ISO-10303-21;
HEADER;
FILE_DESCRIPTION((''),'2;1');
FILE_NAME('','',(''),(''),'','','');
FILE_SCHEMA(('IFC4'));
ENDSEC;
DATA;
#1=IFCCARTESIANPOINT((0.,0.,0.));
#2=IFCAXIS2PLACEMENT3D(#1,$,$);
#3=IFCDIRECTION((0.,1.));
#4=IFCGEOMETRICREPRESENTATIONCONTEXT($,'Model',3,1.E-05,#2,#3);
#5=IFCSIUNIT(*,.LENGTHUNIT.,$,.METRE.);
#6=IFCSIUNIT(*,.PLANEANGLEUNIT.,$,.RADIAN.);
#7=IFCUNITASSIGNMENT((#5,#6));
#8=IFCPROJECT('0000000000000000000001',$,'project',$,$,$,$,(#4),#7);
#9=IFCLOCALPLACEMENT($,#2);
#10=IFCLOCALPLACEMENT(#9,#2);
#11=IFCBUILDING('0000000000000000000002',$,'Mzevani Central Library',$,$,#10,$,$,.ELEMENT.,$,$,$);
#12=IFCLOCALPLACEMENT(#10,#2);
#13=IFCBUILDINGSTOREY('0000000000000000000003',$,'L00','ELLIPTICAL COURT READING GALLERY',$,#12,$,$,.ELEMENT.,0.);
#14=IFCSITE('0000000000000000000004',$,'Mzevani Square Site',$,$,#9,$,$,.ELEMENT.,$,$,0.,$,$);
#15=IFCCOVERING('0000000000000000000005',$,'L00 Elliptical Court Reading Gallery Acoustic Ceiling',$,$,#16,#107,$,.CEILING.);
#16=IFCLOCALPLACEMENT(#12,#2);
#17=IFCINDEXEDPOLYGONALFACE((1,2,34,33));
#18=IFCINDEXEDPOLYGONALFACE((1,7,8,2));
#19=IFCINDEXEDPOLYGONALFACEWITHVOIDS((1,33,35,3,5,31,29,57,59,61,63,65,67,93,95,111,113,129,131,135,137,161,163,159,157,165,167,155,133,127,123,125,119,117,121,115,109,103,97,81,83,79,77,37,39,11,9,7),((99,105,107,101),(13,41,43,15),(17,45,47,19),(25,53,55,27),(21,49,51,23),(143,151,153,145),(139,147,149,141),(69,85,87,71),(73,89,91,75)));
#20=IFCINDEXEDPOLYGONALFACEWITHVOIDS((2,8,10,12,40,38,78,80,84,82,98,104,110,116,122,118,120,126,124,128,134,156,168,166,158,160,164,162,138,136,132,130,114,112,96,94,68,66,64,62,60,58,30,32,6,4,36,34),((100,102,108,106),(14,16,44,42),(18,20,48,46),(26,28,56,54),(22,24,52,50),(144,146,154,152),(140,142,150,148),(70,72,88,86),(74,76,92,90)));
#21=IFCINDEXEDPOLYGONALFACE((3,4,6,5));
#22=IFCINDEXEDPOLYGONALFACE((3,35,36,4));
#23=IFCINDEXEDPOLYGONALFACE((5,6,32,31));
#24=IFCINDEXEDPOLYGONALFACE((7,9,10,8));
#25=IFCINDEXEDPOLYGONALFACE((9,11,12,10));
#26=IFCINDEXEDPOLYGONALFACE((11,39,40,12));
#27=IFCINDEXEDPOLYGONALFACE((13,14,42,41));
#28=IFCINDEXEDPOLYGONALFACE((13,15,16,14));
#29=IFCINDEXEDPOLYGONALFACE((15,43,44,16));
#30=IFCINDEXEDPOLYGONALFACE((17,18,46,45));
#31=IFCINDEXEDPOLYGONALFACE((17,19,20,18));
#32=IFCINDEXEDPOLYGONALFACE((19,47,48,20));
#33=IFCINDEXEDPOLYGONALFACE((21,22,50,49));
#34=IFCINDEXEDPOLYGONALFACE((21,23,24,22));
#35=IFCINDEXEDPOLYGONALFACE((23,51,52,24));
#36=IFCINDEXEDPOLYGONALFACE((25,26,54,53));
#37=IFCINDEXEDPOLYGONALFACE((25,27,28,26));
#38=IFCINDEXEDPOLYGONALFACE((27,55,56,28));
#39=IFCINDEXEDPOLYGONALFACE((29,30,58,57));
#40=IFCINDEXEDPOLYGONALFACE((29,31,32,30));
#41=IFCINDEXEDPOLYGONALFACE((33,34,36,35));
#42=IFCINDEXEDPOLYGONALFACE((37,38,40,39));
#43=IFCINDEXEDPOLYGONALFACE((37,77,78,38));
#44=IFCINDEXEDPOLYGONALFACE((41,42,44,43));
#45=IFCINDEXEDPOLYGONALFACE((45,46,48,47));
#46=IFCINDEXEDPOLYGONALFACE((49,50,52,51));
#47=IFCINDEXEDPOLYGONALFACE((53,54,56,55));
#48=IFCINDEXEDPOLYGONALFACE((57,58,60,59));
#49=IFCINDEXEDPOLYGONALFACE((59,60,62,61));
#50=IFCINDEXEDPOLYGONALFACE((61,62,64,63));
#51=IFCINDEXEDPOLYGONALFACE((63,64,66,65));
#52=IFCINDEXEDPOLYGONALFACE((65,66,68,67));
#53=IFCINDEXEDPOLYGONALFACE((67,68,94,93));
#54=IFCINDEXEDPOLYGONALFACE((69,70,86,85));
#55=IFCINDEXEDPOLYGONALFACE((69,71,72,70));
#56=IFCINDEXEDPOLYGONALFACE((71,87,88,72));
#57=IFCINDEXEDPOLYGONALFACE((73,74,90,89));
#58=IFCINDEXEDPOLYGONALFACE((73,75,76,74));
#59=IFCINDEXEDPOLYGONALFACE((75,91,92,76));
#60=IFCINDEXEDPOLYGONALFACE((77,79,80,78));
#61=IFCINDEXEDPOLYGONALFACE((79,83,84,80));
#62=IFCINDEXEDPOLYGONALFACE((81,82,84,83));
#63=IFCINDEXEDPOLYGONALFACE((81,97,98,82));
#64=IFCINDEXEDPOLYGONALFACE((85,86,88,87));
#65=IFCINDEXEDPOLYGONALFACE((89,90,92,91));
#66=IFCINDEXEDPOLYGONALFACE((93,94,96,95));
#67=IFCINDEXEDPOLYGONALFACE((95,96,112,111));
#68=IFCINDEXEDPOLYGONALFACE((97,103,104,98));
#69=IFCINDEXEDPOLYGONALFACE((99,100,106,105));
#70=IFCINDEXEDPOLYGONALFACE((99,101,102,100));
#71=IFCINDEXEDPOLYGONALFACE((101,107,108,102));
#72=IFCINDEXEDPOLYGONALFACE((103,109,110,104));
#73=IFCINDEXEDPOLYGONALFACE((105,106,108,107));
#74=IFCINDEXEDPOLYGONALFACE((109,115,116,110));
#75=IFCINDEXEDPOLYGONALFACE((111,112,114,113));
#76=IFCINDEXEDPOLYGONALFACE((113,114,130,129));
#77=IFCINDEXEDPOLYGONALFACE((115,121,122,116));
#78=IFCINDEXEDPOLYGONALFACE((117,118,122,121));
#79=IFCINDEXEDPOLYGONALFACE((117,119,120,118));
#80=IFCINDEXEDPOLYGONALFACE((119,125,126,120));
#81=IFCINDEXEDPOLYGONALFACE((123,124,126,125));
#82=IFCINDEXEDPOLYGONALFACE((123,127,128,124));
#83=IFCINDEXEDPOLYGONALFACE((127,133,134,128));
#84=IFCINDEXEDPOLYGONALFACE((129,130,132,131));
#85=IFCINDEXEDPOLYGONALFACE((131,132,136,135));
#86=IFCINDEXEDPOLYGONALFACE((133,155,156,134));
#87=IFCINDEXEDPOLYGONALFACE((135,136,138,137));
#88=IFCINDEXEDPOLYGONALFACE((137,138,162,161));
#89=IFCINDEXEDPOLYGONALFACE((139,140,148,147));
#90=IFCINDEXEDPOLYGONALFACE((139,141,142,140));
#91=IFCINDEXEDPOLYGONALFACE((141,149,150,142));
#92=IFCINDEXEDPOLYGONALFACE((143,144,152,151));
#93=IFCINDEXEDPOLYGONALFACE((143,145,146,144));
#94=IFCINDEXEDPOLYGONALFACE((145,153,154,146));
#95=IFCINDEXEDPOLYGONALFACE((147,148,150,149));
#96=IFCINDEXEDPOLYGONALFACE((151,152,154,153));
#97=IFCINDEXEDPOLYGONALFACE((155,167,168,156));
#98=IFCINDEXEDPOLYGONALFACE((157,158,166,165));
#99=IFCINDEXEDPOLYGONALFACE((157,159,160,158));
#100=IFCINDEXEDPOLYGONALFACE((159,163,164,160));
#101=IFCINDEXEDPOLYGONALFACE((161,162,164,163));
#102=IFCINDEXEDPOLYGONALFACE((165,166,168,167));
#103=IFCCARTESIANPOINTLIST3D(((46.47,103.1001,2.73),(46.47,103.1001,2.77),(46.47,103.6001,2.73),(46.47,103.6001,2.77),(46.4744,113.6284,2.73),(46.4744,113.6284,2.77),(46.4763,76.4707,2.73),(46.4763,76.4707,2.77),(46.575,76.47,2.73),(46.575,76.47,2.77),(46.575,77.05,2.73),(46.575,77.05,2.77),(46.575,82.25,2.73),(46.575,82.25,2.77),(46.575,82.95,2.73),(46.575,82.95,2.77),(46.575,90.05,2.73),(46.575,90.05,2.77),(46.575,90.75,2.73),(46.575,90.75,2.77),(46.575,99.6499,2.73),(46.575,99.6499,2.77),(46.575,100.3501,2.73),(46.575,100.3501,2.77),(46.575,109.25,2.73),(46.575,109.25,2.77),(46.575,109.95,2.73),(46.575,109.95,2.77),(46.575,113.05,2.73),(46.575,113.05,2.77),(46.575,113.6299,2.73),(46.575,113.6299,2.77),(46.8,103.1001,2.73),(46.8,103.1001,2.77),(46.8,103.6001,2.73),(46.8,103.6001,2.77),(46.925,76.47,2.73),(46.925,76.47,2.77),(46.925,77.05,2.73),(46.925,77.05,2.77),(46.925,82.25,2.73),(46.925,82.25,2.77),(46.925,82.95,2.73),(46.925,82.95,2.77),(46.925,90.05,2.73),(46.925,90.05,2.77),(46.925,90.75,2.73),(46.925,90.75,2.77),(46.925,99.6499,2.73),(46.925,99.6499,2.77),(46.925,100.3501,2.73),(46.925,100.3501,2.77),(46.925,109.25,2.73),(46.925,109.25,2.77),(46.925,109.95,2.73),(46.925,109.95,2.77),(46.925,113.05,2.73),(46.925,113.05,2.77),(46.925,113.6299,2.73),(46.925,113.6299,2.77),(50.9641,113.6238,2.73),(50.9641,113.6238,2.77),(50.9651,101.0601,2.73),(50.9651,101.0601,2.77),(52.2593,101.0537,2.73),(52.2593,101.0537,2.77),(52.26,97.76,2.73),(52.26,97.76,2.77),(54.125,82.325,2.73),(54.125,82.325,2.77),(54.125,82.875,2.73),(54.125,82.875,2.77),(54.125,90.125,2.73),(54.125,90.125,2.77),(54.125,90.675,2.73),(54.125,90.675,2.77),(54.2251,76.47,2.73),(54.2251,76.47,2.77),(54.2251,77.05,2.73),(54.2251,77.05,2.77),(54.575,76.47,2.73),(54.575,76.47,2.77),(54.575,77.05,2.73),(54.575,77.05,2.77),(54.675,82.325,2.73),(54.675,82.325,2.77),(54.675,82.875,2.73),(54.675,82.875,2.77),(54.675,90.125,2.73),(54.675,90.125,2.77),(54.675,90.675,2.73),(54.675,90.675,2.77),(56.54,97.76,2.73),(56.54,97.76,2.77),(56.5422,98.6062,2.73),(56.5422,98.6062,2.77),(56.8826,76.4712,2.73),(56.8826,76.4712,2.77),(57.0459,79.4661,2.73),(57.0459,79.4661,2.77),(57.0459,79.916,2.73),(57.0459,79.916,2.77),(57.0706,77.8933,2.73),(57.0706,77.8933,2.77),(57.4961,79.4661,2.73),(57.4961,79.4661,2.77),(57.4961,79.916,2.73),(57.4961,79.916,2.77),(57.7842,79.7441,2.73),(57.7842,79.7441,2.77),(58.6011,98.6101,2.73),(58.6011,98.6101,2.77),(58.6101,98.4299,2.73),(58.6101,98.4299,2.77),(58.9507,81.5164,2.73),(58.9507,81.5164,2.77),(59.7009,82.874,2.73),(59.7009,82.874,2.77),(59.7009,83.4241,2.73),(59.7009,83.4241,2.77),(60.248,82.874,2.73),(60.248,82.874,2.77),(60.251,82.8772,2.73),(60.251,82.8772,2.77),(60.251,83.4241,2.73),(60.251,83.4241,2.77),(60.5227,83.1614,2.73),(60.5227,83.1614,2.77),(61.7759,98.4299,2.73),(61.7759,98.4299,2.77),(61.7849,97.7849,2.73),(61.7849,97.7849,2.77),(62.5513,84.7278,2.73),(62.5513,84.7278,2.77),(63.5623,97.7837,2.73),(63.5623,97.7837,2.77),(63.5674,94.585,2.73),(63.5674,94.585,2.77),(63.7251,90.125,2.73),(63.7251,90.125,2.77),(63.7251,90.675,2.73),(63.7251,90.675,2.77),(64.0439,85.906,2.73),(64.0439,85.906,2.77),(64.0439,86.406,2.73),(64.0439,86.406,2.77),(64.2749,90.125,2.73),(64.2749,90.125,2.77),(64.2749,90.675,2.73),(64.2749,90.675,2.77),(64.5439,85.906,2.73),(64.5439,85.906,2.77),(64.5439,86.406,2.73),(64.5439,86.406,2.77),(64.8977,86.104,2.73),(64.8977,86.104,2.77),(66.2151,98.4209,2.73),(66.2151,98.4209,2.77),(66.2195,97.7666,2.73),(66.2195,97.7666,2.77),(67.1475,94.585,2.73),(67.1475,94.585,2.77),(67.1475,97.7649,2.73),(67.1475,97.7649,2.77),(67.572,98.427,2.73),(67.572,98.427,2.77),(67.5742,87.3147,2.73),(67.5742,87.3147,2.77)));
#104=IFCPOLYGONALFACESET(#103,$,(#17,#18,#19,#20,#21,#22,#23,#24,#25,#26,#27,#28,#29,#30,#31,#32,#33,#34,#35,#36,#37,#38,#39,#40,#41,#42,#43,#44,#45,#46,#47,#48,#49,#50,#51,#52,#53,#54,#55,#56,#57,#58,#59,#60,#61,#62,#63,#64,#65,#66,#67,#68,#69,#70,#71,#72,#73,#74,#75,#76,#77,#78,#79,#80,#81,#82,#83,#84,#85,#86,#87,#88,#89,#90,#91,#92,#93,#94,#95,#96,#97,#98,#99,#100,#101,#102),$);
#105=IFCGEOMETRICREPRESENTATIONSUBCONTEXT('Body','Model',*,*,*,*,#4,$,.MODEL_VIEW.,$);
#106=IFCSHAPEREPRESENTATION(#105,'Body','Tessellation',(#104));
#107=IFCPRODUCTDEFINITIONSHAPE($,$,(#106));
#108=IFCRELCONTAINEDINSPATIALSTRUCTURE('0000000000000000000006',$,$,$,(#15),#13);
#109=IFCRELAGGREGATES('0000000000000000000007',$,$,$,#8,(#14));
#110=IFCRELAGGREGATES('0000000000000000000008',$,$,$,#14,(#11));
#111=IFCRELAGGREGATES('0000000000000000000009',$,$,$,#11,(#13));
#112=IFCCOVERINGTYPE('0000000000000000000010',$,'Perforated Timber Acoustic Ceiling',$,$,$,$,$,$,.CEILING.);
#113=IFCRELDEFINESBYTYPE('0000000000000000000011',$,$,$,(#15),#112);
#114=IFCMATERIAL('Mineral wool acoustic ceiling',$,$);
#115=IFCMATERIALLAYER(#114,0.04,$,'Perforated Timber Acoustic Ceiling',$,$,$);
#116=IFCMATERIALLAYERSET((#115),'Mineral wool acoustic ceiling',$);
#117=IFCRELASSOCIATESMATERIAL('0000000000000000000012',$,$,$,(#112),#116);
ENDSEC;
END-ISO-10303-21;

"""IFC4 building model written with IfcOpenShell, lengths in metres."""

from ifc_helpers import new_model, si_unit, direction, frame, origin, place, context, subcontext, project, spatial, polyline, outline, extrude, material, layer, layer_set, type_object, element, save


model = new_model("IFC4")

# Units and contexts
model_context = context("Model", 3, precision=1e-05, world=origin(), true_north=direction((0.0, 1.0)))
body_context = subcontext(model_context, "Body", "Model", "MODEL_VIEW")
ifc_project = project(units=[si_unit("LENGTHUNIT", "METRE"), si_unit("PLANEANGLEUNIT", "RADIAN")], contexts=[model_context])

# Site, building, storey
site_placement = place(None, origin())
site = spatial("IfcSite", under=ifc_project, at=site_placement, Name="Mzevani Square Site", CompositionType="ELEMENT", RefElevation=0.0)
building_placement = place(site_placement, origin())
building = spatial("IfcBuilding", under=site, at=building_placement, Name="Mzevani Central Library", CompositionType="ELEMENT")
storey_placement = place(building_placement, origin())
storey = spatial("IfcBuildingStorey", under=building, at=storey_placement, Name="L00", Description="ELLIPTICAL COURT READING GALLERY", CompositionType="ELEMENT", Elevation=0.0)

# Covering
ifc_material_1 = material(Name="Mineral wool acoustic ceiling")
ifc_layer_1 = layer(ifc_material_1, 0.04, Name="Perforated Timber Acoustic Ceiling")
ifc_layer_set_1 = layer_set([ifc_layer_1], Name="Mineral wool acoustic ceiling")
covering_type_1 = type_object("IfcCoveringType", Name="Perforated Timber Acoustic Ceiling", PredefinedType="CEILING", material=ifc_layer_set_1)
covering_1_placement = place(storey_placement, frame((0.0, 0.0, 2.73)))
element("IfcCovering", 1, at=covering_1_placement, inside=storey, type_object=covering_type_1, Name="L00 Elliptical Court Reading Gallery Acoustic Ceiling", PredefinedType="CEILING", context=body_context, shape_type="SweptSolid", body=[
    extrude(outline(polyline([(56.5422, 98.6062), (58.6011, 98.6101), (58.6101, 98.4299), (61.7759, 98.4299), (61.7849, 97.7849), (63.5623, 97.7837), (63.5674, 94.585), (67.1475, 94.585), (67.1475, 97.7649), (66.2195, 97.7666), (66.2151, 98.4209), (67.572, 98.427), (67.5742, 87.3147), (64.8977, 86.104), (62.5513, 84.7278), (60.5227, 83.1614), (60.251, 82.8772), (60.251, 83.4241), (59.7009, 83.4241), (59.7009, 82.874), (60.248, 82.874), (58.9507, 81.5164), (57.7842, 79.7441), (57.0706, 77.8933), (56.8826, 76.4712), (54.575, 76.47), (54.575, 77.05), (54.2251, 77.05), (54.2251, 76.47), (46.925, 76.47), (46.925, 77.05), (46.575, 77.05), (46.575, 76.47), (46.4763, 76.4707), (46.47, 103.1001), (46.8, 103.1001), (46.8, 103.6001), (46.47, 103.6001), (46.4744, 113.6284), (46.575, 113.6299), (46.575, 113.05), (46.925, 113.05), (46.925, 113.6299), (50.9641, 113.6238), (50.9651, 101.0601), (52.2593, 101.0537), (52.26, 97.76), (56.54, 97.76), (56.5422, 98.6062)]), holes=[polyline([(46.925, 82.95), (46.575, 82.95), (46.575, 82.25), (46.925, 82.25), (46.925, 82.95)]), polyline([(46.925, 90.05), (46.925, 90.75), (46.575, 90.75), (46.575, 90.05), (46.925, 90.05)]), polyline([(46.575, 99.6499), (46.925, 99.6499), (46.925, 100.3501), (46.575, 100.3501), (46.575, 99.6499)]), polyline([(46.575, 109.95), (46.575, 109.25), (46.925, 109.25), (46.925, 109.95), (46.575, 109.95)]), polyline([(54.125, 82.325), (54.675, 82.325), (54.675, 82.875), (54.125, 82.875), (54.125, 82.325)]), polyline([(54.125, 90.675), (54.125, 90.125), (54.675, 90.125), (54.675, 90.675), (54.125, 90.675)]), polyline([(64.2749, 90.675), (63.7251, 90.675), (63.7251, 90.125), (64.2749, 90.125), (64.2749, 90.675)]), polyline([(64.5439, 85.906), (64.5439, 86.406), (64.0439, 86.406), (64.0439, 85.906), (64.5439, 85.906)]), polyline([(57.0459, 79.916), (57.0459, 79.4661), (57.4961, 79.4661), (57.4961, 79.916), (57.0459, 79.916)])]), origin(), (0.0, 0.0, 1.0), 0.04),
])

save(model, "model.ifc")
